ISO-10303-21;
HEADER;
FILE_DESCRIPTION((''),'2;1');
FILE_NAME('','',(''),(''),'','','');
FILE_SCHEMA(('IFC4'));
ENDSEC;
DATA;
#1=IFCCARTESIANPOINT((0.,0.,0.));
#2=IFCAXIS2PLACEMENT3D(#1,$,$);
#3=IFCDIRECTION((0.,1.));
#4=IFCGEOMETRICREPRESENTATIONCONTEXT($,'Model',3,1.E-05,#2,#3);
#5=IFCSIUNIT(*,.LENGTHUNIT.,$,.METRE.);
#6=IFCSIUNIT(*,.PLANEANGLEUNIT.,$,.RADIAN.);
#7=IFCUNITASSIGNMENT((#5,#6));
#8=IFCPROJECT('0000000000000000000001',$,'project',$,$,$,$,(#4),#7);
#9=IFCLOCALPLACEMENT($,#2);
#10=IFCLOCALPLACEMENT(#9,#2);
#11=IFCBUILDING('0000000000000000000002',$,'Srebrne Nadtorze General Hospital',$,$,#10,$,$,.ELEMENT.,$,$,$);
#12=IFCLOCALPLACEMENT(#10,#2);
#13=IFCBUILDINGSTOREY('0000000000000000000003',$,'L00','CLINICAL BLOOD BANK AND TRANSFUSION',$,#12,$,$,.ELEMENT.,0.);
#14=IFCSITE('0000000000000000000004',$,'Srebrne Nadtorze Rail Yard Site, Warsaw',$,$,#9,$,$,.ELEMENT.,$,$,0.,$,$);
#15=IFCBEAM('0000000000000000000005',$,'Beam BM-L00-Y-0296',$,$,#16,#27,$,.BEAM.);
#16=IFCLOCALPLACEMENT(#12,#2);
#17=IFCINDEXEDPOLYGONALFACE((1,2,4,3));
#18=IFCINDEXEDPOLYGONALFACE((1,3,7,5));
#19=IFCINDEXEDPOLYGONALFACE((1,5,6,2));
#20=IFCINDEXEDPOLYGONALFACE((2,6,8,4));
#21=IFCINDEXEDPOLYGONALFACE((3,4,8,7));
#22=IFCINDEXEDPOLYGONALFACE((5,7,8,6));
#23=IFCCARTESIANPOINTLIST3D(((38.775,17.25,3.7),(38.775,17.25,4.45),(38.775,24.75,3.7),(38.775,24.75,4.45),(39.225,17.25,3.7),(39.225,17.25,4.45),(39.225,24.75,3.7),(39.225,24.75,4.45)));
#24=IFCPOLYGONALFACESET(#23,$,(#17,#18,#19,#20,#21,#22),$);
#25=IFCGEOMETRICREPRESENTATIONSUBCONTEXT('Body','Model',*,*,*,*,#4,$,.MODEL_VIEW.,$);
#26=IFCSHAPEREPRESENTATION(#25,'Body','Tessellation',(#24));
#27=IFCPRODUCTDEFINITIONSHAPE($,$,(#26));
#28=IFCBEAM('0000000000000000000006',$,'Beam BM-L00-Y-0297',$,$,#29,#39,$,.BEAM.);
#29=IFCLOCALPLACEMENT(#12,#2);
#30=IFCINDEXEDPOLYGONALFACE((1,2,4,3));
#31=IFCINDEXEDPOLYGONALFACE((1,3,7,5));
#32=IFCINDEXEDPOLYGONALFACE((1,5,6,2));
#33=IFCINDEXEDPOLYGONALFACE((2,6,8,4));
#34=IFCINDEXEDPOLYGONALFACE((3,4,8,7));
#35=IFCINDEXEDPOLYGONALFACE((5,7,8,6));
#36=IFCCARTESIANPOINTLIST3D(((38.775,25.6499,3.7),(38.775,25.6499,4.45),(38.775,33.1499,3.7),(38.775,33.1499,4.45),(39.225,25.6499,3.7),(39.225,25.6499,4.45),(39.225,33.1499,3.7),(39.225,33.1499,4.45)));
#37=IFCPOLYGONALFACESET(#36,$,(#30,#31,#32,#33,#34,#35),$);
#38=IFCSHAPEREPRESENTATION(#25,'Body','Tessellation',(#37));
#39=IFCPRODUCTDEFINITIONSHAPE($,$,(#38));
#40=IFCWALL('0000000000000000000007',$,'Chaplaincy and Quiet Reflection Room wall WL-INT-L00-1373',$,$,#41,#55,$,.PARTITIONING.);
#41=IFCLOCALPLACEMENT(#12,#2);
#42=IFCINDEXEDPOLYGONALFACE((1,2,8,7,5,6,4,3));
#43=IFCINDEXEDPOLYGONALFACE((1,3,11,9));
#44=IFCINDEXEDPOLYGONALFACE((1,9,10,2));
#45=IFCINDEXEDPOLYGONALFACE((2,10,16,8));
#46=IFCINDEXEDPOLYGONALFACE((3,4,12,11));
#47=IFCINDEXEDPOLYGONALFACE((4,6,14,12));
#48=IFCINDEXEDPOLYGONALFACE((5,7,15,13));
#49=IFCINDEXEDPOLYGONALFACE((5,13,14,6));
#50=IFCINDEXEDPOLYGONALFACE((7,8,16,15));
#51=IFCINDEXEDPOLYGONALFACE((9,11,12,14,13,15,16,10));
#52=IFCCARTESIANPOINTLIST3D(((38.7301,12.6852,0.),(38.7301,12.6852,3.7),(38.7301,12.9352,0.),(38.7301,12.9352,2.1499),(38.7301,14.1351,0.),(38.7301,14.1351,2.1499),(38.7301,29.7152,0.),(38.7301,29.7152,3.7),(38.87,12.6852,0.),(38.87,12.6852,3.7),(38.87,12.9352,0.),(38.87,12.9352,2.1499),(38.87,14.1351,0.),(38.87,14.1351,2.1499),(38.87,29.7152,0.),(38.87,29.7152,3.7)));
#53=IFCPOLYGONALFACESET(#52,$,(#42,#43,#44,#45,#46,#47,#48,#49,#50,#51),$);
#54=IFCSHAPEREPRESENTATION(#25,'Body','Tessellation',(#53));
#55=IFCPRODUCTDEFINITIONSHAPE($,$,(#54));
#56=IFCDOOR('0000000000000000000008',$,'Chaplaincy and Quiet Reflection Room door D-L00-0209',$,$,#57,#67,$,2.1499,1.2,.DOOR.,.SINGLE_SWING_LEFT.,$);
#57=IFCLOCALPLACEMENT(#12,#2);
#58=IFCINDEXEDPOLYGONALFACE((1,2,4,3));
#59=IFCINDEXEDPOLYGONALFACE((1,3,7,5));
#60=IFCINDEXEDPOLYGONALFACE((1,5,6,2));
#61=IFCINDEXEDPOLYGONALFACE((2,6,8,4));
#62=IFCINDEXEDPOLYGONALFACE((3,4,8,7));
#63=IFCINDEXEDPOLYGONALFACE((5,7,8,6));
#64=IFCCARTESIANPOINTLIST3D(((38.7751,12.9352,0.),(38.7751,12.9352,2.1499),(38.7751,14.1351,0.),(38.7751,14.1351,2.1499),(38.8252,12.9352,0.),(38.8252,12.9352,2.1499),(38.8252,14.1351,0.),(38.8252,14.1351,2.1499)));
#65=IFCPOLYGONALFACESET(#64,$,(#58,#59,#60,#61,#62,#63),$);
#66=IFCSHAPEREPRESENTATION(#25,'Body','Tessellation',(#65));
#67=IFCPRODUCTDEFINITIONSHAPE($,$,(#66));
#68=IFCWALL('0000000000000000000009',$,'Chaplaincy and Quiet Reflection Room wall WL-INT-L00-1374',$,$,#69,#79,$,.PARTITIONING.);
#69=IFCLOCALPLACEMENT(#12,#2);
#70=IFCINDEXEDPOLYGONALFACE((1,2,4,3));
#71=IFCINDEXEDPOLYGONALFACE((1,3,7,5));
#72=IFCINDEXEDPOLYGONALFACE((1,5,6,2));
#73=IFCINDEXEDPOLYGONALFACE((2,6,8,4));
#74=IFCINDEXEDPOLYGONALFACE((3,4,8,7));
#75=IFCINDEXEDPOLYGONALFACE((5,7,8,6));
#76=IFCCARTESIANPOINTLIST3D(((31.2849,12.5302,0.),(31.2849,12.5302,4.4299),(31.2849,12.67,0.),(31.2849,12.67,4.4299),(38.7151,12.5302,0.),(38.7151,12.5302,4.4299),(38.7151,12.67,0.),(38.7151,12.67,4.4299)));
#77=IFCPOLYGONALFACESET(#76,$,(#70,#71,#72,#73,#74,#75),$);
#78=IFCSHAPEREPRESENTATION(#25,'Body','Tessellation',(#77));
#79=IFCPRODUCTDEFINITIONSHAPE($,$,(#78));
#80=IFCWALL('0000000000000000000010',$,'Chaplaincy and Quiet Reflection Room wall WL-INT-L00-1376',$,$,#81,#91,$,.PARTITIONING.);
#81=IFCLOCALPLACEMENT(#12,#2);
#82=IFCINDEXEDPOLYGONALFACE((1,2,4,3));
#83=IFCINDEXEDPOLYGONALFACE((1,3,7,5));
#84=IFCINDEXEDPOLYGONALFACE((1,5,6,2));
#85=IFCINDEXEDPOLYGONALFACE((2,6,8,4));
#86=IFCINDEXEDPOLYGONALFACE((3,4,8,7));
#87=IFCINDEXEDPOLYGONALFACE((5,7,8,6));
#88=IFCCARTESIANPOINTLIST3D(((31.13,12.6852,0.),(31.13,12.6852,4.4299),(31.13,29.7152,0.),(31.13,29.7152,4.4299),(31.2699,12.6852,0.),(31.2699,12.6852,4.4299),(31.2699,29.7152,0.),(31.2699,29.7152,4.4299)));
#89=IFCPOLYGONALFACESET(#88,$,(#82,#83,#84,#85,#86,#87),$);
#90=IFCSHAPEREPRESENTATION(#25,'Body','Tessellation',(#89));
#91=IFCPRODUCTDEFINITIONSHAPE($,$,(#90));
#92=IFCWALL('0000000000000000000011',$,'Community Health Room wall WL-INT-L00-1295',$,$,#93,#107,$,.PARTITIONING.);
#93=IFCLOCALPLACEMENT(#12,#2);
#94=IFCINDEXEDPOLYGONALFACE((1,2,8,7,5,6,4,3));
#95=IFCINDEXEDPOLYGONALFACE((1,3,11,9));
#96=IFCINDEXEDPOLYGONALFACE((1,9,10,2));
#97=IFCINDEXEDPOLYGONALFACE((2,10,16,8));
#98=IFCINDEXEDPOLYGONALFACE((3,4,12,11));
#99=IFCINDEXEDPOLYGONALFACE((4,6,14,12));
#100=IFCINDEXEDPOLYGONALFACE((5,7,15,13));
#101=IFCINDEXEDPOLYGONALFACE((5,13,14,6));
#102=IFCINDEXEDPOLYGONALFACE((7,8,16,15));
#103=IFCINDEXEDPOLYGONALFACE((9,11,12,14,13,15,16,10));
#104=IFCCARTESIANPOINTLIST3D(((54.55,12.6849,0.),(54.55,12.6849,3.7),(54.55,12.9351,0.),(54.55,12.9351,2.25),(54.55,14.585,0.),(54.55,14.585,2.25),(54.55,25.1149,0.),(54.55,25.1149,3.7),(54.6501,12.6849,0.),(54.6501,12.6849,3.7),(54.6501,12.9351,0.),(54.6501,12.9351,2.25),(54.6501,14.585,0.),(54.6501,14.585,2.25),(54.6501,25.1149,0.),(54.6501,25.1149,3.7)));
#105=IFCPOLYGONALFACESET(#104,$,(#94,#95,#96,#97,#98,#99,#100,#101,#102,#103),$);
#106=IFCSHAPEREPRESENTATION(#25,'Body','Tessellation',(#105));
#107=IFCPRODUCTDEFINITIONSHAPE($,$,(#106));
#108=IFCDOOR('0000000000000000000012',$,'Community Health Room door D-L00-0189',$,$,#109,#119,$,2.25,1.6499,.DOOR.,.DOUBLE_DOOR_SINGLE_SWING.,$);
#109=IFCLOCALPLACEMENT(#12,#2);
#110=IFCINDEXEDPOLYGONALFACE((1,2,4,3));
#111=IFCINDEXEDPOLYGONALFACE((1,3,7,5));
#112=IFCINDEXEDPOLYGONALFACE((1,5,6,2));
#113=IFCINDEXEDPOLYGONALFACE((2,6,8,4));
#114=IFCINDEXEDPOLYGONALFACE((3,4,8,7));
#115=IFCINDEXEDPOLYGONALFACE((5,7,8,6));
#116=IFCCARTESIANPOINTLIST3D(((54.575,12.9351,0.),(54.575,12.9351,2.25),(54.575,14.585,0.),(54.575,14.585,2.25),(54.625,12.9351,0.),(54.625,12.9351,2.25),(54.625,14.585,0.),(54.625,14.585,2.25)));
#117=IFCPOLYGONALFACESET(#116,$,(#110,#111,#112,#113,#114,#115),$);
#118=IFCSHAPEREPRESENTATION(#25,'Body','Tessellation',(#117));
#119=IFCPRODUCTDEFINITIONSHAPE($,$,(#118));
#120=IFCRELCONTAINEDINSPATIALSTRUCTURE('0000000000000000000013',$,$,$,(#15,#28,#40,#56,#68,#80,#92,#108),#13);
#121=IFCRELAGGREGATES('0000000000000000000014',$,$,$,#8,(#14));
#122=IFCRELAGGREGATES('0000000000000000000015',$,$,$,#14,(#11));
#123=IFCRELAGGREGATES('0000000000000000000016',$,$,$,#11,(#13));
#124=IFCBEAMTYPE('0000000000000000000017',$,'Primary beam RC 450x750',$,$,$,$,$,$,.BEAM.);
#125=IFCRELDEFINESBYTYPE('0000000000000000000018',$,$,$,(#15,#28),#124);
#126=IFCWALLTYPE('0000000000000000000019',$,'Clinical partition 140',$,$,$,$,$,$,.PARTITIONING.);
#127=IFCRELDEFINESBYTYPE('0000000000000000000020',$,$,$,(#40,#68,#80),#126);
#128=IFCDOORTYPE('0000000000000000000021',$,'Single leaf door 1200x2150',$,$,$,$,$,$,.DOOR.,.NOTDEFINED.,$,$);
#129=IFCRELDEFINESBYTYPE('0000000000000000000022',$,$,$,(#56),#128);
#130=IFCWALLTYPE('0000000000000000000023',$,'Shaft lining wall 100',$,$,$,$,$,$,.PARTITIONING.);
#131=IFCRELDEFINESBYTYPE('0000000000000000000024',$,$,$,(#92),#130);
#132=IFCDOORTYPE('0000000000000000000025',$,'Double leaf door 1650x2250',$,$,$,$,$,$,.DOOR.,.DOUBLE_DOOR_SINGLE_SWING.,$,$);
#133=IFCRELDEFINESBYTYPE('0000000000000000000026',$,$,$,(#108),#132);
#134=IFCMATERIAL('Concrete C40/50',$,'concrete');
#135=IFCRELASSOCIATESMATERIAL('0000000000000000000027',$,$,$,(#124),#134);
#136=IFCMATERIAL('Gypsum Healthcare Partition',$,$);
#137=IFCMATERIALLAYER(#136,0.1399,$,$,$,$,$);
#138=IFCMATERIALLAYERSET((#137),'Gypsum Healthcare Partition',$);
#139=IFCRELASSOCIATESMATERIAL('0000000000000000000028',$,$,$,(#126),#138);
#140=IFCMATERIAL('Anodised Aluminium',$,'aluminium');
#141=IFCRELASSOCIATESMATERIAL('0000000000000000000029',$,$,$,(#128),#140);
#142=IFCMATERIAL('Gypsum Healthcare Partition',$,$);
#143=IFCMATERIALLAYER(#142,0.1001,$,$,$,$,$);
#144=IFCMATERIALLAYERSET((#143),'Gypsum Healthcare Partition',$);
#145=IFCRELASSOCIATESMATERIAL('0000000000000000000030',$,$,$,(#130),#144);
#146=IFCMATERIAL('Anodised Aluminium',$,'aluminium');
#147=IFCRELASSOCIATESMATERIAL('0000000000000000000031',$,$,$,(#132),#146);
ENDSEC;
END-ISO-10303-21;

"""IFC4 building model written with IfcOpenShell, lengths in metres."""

from ifc_helpers import new_model, si_unit, direction, frame, frame_2d, origin, origin_2d, place, context, subcontext, project, spatial, rectangle, extrude, material, layer, layer_set, material_profile, profile_set, type_object, element, fill, save


model = new_model("IFC4")

# Units and contexts
model_context = context("Model", 3, precision=1e-05, world=origin(), true_north=direction((0.0, 1.0)))
body_context = subcontext(model_context, "Body", "Model", "MODEL_VIEW")
ifc_project = project(units=[si_unit("LENGTHUNIT", "METRE"), si_unit("PLANEANGLEUNIT", "RADIAN")], contexts=[model_context])

# Site, building, storey
site_placement = place(None, origin())
site = spatial("IfcSite", under=ifc_project, at=site_placement, Name="Srebrne Nadtorze Rail Yard Site, Warsaw", CompositionType="ELEMENT", RefElevation=0.0)
building_placement = place(site_placement, origin())
building = spatial("IfcBuilding", under=site, at=building_placement, Name="Srebrne Nadtorze General Hospital", CompositionType="ELEMENT")
storey_placement = place(building_placement, origin())
storey = spatial("IfcBuildingStorey", under=building, at=storey_placement, Name="L00", Description="CLINICAL BLOOD BANK AND TRANSFUSION", CompositionType="ELEMENT", Elevation=0.0)

# Beams
ifc_material_1 = material(Name="Concrete C40/50", Category="concrete")
ifc_material_profile_1 = material_profile(ifc_material_1, rectangle(XDim=0.45, YDim=0.75, at=origin_2d()), Name="RC-BM-450x750")
ifc_profile_set_1 = profile_set([ifc_material_profile_1], Name="Concrete C40/50")
beam_type_1 = type_object("IfcBeamType", Name="Primary beam RC 450x750", PredefinedType="BEAM", material=ifc_profile_set_1)
for number, where, z_axis, x_axis, name in (
    (1, (39.0, 17.25, 4.075), (0.0, 1.0, 0.0), (-1.0, 0.0, 0.0), "Beam BM-L00-Y-0296"),
    (2, (39.0, 25.6499, 4.075), (0.0, 1.0, 0.0), (-1.0, 0.0, 0.0), "Beam BM-L00-Y-0297"),
):
    element("IfcBeam", number, at=place(storey_placement, frame(where, z_axis=z_axis, x_axis=x_axis)), inside=storey, type_object=beam_type_1, Name=name, PredefinedType="BEAM", context=body_context, shape_type="SweptSolid", body=[
        extrude(rectangle(XDim=0.45, YDim=0.75, at=origin_2d()), origin(), (0.0, 0.0, 1.0), 7.5),
    ])

# Wall, opening, door
ifc_material_2 = material(Name="Gypsum Healthcare Partition")
ifc_layer_1 = layer(ifc_material_2, 0.1399)
ifc_layer_set_1 = layer_set([ifc_layer_1], Name="Gypsum Healthcare Partition")
wall_type_1 = type_object("IfcWallType", Name="Clinical partition 140", PredefinedType="PARTITIONING", material=ifc_layer_set_1)
wall_1_placement = place(storey_placement, frame((38.8, 12.6851, 0.0), z_axis=(0.0, 0.0, 1.0), x_axis=(0.0, 1.0, 0.0)))
wall_1 = element("IfcWall", 3, at=wall_1_placement, inside=storey, type_object=wall_type_1, Name="Chaplaincy and Quiet Reflection Room wall WL-INT-L00-1373", PredefinedType="PARTITIONING", context=body_context, shape_type="SweptSolid", body=[
    extrude(rectangle(XDim=17.03, YDim=0.1399, at=frame_2d((8.5151, 0.0))), origin(), (0.0, 0.0, 1.0), 3.7),
])
opening_1_placement = place(wall_1_placement, frame((0.25, 0.0, 0.0)))
opening_1 = element("IfcOpeningElement", 4, at=opening_1_placement, cuts=wall_1, PredefinedType="OPENING", context=body_context, shape_type="SweptSolid", body=[
    extrude(rectangle(XDim=1.2, YDim=2.1499, at=frame_2d((0.6001, 1.075))), frame((0.0, 0.082, 0.0), z_axis=(0.0, -1.0, 0.0), x_axis=(1.0, 0.0, 0.0)), (0.0, 0.0, 1.0), 0.1638),
])
ifc_material_3 = material(Name="Anodised Aluminium", Category="aluminium")
door_type_1 = type_object("IfcDoorType", Name="Single leaf door 1200x2150", OperationType="NOTDEFINED", PredefinedType="DOOR", material=ifc_material_3)
door_1_placement = place(opening_1_placement, origin())
door_1 = element("IfcDoor", 5, at=door_1_placement, inside=storey, type_object=door_type_1, Name="Chaplaincy and Quiet Reflection Room door D-L00-0209", OperationType="SINGLE_SWING_LEFT", OverallHeight=2.1499, OverallWidth=1.2, PredefinedType="DOOR", context=body_context, shape_type="SweptSolid", body=[
    extrude(rectangle(XDim=1.2, YDim=2.1499, at=frame_2d((0.6001, 1.075))), frame((0.0, 0.0249, 0.0), z_axis=(0.0, -1.0, 0.0), x_axis=(1.0, 0.0, 0.0)), (0.0, 0.0, 1.0), 0.05),
])
fill(opening_1, door_1)

# Walls
wall_2_placement = place(storey_placement, frame((31.2849, 12.6001, 0.0), z_axis=(0.0, 0.0, 1.0), x_axis=(1.0, 0.0, 0.0)))
element("IfcWall", 6, at=wall_2_placement, inside=storey, type_object=wall_type_1, Name="Chaplaincy and Quiet Reflection Room wall WL-INT-L00-1374", PredefinedType="PARTITIONING", context=body_context, shape_type="SweptSolid", body=[
    extrude(rectangle(XDim=7.4302, YDim=0.1399, at=frame_2d((3.7151, 0.0))), origin(), (0.0, 0.0, 1.0), 4.4299),
])
wall_3_placement = place(storey_placement, frame((31.2, 12.6851, 0.0), z_axis=(0.0, 0.0, 1.0), x_axis=(0.0, 1.0, 0.0)))
element("IfcWall", 7, at=wall_3_placement, inside=storey, type_object=wall_type_1, Name="Chaplaincy and Quiet Reflection Room wall WL-INT-L00-1376", PredefinedType="PARTITIONING", context=body_context, shape_type="SweptSolid", body=[
    extrude(rectangle(XDim=17.03, YDim=0.1399, at=frame_2d((8.5151, 0.0))), origin(), (0.0, 0.0, 1.0), 4.4299),
])

# Wall, opening, door
ifc_material_4 = material(Name="Gypsum Healthcare Partition")
ifc_layer_2 = layer(ifc_material_4, 0.1001)
ifc_layer_set_2 = layer_set([ifc_layer_2], Name="Gypsum Healthcare Partition")
wall_type_2 = type_object("IfcWallType", Name="Shaft lining wall 100", PredefinedType="PARTITIONING", material=ifc_layer_set_2)
wall_4_placement = place(storey_placement, frame((54.6001, 12.6851, 0.0), z_axis=(0.0, 0.0, 1.0), x_axis=(0.0, 1.0, 0.0)))
wall_4 = element("IfcWall", 8, at=wall_4_placement, inside=storey, type_object=wall_type_2, Name="Community Health Room wall WL-INT-L00-1295", PredefinedType="PARTITIONING", context=body_context, shape_type="SweptSolid", body=[
    extrude(rectangle(XDim=12.4299, YDim=0.1001, at=frame_2d((6.2148, 0.0))), origin(), (0.0, 0.0, 1.0), 3.7),
])
opening_2_placement = place(wall_4_placement, frame((0.25, 0.0, 0.0)))
opening_2 = element("IfcOpeningElement", 9, at=opening_2_placement, cuts=wall_4, PredefinedType="OPENING", context=body_context, shape_type="SweptSolid", body=[
    extrude(rectangle(XDim=1.6499, YDim=2.25, at=frame_2d((0.825, 1.125))), frame((0.0, 0.062, 0.0), z_axis=(0.0, -1.0, 0.0), x_axis=(1.0, 0.0, 0.0)), (0.0, 0.0, 1.0), 0.124),
])
ifc_material_5 = material(Name="Anodised Aluminium", Category="aluminium")
door_type_2 = type_object("IfcDoorType", Name="Double leaf door 1650x2250", OperationType="DOUBLE_DOOR_SINGLE_SWING", PredefinedType="DOOR", material=ifc_material_5)
door_2_placement = place(opening_2_placement, frame((1.6499, 0.0, 0.0), z_axis=(0.0, 0.0, 1.0), x_axis=(-1.0, 0.0, 0.0)))
door_2 = element("IfcDoor", 10, at=door_2_placement, inside=storey, type_object=door_type_2, Name="Community Health Room door D-L00-0189", OperationType="DOUBLE_DOOR_SINGLE_SWING", OverallHeight=2.25, OverallWidth=1.6499, PredefinedType="DOOR", context=body_context, shape_type="SweptSolid", body=[
    extrude(rectangle(XDim=1.6499, YDim=2.25, at=frame_2d((0.825, 1.125))), frame((0.0, 0.0249, 0.0), z_axis=(0.0, -1.0, 0.0), x_axis=(1.0, 0.0, 0.0)), (0.0, 0.0, 1.0), 0.05),
])
fill(opening_2, door_2)

save(model, "model.ifc")
